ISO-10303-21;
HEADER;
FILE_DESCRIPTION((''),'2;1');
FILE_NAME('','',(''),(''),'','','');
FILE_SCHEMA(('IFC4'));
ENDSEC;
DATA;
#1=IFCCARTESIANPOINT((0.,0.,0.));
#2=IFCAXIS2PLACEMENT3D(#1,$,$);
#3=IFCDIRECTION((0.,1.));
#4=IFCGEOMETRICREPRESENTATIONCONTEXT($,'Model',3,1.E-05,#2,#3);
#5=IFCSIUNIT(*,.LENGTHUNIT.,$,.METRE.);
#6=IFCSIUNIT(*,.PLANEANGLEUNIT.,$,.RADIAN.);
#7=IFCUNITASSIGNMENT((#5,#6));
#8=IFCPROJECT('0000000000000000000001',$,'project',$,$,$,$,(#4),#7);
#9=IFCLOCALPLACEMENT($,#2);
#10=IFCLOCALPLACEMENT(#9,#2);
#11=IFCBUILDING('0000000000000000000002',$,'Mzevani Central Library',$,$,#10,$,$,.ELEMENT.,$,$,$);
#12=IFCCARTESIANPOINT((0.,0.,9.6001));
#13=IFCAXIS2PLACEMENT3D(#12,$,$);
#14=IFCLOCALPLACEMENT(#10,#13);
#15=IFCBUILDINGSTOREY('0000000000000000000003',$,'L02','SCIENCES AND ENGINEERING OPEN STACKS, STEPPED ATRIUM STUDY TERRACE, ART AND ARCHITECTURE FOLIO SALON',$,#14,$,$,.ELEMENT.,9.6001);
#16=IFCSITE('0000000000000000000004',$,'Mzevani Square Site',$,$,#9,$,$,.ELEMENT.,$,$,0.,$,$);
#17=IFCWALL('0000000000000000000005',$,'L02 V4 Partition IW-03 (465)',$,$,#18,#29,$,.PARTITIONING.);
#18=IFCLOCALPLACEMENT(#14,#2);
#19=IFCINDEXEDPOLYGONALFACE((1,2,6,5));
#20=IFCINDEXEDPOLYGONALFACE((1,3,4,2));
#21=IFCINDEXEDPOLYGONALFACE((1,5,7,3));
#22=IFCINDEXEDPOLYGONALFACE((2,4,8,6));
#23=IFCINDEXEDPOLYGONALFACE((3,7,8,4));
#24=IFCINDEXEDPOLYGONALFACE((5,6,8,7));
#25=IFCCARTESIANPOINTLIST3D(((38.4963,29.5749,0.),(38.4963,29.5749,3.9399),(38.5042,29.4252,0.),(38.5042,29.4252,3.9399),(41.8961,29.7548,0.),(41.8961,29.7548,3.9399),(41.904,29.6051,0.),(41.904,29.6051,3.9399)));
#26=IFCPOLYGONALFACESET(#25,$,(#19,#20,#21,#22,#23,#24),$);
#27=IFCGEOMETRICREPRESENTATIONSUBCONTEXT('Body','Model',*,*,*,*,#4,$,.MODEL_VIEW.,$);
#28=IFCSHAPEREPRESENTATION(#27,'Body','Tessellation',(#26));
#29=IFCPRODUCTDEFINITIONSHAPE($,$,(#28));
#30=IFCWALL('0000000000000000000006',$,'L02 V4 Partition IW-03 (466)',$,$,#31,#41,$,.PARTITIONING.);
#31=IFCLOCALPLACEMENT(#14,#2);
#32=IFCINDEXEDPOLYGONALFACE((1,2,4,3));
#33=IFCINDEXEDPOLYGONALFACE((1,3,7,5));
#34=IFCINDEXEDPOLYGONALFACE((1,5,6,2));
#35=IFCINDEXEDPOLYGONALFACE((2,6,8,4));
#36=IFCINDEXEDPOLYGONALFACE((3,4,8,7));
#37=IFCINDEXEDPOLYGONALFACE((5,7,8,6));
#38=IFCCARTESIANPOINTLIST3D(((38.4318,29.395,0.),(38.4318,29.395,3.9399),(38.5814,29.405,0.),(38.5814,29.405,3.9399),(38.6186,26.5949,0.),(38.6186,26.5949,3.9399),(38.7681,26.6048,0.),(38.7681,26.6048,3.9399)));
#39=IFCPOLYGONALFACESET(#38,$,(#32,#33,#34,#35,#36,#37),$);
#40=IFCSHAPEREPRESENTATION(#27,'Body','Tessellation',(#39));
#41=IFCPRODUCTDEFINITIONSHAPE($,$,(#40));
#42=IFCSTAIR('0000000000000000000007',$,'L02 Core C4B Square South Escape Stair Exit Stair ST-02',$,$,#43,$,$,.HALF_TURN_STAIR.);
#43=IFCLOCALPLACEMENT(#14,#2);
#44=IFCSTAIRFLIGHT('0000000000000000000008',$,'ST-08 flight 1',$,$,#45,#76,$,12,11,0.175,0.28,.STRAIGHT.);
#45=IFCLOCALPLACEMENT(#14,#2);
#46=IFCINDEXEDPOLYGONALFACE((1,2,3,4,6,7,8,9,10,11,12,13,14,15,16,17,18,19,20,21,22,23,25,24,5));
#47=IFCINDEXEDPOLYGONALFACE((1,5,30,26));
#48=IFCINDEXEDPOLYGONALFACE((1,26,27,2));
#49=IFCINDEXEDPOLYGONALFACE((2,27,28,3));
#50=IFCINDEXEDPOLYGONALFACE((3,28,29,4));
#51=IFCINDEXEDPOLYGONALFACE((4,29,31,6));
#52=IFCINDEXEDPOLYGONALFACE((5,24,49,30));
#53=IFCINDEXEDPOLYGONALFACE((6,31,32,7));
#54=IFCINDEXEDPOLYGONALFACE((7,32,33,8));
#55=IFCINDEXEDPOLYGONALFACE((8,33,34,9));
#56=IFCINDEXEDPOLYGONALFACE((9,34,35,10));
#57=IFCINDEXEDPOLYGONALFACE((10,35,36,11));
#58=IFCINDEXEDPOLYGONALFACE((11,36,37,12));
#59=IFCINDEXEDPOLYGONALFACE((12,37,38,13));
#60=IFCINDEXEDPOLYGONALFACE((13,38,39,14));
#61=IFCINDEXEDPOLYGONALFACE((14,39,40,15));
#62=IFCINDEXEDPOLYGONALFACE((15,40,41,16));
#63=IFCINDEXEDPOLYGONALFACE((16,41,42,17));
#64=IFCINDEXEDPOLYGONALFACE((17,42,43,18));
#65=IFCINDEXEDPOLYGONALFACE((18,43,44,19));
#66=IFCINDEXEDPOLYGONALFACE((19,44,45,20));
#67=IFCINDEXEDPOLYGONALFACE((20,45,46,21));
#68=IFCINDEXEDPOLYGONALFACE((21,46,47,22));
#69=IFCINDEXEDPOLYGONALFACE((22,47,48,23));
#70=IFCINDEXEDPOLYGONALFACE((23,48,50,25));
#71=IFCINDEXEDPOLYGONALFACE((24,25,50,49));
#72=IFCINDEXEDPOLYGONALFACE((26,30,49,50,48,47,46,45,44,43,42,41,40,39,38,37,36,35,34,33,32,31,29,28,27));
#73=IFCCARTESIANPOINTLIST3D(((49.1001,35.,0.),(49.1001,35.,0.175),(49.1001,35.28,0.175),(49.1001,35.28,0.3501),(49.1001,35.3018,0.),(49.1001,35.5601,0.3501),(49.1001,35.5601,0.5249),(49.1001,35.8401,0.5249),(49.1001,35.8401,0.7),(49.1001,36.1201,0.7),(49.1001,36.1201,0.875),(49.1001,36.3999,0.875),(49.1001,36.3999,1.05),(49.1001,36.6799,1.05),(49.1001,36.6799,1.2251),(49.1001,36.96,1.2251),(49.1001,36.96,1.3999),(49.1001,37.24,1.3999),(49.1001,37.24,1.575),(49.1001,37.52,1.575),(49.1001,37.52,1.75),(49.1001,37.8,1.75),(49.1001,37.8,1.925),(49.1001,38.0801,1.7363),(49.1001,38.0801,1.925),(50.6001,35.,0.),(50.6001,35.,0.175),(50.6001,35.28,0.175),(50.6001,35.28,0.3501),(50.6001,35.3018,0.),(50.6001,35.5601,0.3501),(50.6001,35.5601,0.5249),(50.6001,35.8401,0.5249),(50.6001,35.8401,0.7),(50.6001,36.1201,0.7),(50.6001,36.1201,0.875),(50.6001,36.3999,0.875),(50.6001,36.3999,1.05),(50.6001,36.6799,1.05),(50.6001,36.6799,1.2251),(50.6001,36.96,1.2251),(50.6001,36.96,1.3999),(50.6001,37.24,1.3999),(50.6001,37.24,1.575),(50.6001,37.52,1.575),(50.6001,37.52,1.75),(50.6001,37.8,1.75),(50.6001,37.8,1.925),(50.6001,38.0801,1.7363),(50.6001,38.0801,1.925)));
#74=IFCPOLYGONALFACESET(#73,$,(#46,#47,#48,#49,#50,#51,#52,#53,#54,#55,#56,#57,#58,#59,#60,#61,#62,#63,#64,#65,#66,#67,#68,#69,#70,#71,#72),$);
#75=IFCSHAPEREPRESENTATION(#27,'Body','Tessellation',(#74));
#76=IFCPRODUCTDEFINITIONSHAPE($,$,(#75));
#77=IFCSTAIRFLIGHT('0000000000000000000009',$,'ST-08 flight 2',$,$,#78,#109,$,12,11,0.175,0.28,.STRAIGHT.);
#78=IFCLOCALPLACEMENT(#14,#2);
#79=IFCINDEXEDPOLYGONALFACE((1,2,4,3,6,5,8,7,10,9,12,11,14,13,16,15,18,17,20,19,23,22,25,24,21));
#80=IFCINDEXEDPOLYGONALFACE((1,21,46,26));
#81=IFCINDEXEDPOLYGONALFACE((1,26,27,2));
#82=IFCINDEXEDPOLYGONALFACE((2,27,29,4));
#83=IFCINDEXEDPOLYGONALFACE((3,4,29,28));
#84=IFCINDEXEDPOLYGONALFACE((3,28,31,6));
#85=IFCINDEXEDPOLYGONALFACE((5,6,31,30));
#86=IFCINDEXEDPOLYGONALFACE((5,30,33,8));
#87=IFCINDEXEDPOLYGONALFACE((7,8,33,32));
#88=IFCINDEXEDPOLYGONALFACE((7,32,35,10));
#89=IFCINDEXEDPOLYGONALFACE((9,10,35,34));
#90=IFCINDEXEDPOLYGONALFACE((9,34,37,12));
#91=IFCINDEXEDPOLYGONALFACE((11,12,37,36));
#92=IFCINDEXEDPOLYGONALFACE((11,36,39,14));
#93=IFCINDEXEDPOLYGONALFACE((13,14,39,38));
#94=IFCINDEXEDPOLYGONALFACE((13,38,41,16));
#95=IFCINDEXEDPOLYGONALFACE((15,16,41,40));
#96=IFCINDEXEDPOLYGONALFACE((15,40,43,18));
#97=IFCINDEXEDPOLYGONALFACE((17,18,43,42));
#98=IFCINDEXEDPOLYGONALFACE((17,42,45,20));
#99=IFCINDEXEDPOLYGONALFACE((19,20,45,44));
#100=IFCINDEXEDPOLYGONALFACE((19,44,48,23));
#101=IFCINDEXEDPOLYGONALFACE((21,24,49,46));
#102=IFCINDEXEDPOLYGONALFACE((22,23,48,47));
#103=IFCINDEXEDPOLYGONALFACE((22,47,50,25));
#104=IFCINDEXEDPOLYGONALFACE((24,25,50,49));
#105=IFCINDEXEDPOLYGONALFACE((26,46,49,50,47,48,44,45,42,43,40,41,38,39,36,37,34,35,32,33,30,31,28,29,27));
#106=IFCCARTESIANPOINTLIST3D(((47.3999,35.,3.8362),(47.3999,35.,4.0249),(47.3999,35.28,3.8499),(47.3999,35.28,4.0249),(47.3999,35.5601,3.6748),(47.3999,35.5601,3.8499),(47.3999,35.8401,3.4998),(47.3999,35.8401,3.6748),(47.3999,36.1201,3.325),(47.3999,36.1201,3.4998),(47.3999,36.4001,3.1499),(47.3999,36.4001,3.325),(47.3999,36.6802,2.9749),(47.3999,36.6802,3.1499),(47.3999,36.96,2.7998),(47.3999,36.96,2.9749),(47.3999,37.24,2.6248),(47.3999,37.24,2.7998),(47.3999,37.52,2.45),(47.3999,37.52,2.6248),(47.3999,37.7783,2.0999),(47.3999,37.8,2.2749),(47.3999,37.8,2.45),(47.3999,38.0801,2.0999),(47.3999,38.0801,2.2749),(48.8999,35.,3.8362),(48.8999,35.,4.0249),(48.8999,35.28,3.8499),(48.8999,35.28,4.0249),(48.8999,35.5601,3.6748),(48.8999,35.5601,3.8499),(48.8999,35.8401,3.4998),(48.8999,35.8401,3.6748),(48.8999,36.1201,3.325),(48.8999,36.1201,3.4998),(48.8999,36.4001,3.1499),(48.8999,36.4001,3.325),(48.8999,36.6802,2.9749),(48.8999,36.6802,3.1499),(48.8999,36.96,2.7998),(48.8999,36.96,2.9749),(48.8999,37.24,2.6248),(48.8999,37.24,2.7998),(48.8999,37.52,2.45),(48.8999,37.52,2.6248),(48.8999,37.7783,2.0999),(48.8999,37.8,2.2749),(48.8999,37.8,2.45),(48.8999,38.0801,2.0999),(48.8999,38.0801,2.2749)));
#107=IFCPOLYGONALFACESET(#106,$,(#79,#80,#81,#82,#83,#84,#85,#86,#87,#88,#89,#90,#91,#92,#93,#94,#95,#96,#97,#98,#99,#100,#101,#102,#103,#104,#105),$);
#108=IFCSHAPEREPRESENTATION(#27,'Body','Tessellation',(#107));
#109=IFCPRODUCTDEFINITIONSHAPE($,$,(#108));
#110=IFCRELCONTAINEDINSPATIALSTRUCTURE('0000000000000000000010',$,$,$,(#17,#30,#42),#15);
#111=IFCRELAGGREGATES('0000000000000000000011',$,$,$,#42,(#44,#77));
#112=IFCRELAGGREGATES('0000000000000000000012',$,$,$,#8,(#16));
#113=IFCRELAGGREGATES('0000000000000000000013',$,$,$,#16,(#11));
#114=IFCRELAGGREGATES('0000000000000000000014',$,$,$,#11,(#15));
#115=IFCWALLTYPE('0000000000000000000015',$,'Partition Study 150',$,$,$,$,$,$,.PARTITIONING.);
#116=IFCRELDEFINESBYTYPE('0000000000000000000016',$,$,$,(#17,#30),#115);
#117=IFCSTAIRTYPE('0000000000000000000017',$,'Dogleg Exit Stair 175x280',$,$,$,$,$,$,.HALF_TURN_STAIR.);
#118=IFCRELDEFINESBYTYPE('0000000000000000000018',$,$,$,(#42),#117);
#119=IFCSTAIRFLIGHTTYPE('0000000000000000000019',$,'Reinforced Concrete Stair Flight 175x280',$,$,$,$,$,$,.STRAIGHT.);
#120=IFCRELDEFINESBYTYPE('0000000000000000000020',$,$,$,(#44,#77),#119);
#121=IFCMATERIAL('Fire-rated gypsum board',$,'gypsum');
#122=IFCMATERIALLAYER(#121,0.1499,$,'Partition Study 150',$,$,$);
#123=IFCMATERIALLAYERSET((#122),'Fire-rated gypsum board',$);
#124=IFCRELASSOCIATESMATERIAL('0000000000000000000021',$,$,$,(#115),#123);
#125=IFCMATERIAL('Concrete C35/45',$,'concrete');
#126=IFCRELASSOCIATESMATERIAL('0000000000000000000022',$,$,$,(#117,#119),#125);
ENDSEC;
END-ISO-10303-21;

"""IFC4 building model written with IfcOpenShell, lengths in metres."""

from ifc_helpers import new_model, si_unit, direction, frame, frame_2d, origin, place, context, subcontext, project, spatial, polyline, rectangle, outline, extrude, material, layer, layer_set, type_object, element, aggregate, save


model = new_model("IFC4")

# Units and contexts
model_context = context("Model", 3, precision=1e-05, world=origin(), true_north=direction((0.0, 1.0)))
body_context = subcontext(model_context, "Body", "Model", "MODEL_VIEW")
ifc_project = project(units=[si_unit("LENGTHUNIT", "METRE"), si_unit("PLANEANGLEUNIT", "RADIAN")], contexts=[model_context])

# Site, building, storey
site_placement = place(None, origin())
site = spatial("IfcSite", under=ifc_project, at=site_placement, Name="Mzevani Square Site", CompositionType="ELEMENT", RefElevation=0.0)
building_placement = place(site_placement, origin())
building = spatial("IfcBuilding", under=site, at=building_placement, Name="Mzevani Central Library", CompositionType="ELEMENT")
storey_placement = place(building_placement, frame((0.0, 0.0, 9.6001)))
storey = spatial("IfcBuildingStorey", under=building, at=storey_placement, Name="L02", Description="SCIENCES AND ENGINEERING OPEN STACKS, STEPPED ATRIUM STUDY TERRACE, ART AND ARCHITECTURE FOLIO SALON", CompositionType="ELEMENT", Elevation=9.6001)

# Shared definitions
ifc_material_1 = material(Name="Concrete C35/45", Category="concrete")

# Shared definitions
ifc_material_2 = material(Name="Fire-rated gypsum board", Category="gypsum")

# Walls
ifc_layer_1 = layer(ifc_material_2, 0.1499, Name="Partition Study 150")
ifc_layer_set_1 = layer_set([ifc_layer_1], Name="Fire-rated gypsum board")
wall_type_1 = type_object("IfcWallType", Name="Partition Study 150", PredefinedType="PARTITIONING", material=ifc_layer_set_1)
wall_1_placement = place(storey_placement, frame((41.8999, 29.6799, 0.0), z_axis=(0.0, 0.0, 1.0), x_axis=(-0.998603, -0.052849, 0.0)))
element("IfcWall", 1, at=wall_1_placement, inside=storey, type_object=wall_type_1, Name="L02 V4 Partition IW-03 (465)", PredefinedType="PARTITIONING", context=body_context, shape_type="SweptSolid", body=[
    extrude(rectangle(XDim=3.4045, YDim=0.1499, at=frame_2d((1.7021, 0.0))), origin(), (0.0, 0.0, 1.0), 3.9399),
])
wall_2_placement = place(storey_placement, frame((38.5066, 29.4001, 0.0), z_axis=(0.0, 0.0, 1.0), x_axis=(0.066548, -0.997783, 0.0)))
element("IfcWall", 2, at=wall_2_placement, inside=storey, type_object=wall_type_1, Name="L02 V4 Partition IW-03 (466)", PredefinedType="PARTITIONING", context=body_context, shape_type="SweptSolid", body=[
    extrude(rectangle(XDim=2.8064, YDim=0.1499, at=frame_2d((1.4033, 0.0))), origin(), (0.0, 0.0, 1.0), 3.9399),
])

# Stair, stair flights
stair_type = type_object("IfcStairType", Name="Dogleg Exit Stair 175x280", PredefinedType="HALF_TURN_STAIR", material=ifc_material_1)
stair_placement = place(storey_placement, origin())
stair = element("IfcStair", 3, at=stair_placement, inside=storey, type_object=stair_type, Name="L02 Core C4B Square South Escape Stair Exit Stair ST-02", PredefinedType="HALF_TURN_STAIR")
stair_flight_type = type_object("IfcStairFlightType", Name="Reinforced Concrete Stair Flight 175x280", PredefinedType="STRAIGHT", material=ifc_material_1)
stair_flight_1_placement = place(storey_placement, frame((49.8501, 35.0, 0.0), z_axis=(0.0, 0.0, 1.0), x_axis=(0.0, 1.0, 0.0)))
stair_flight_1 = element("IfcStairFlight", 4, at=stair_flight_1_placement, type_object=stair_flight_type, Name="ST-08 flight 1", NumberOfRisers=12, NumberOfTreads=11, PredefinedType="STRAIGHT", RiserHeight=0.175, TreadLength=0.28, context=body_context, shape_type="SweptSolid", body=[
    extrude(outline(polyline([(0.0, 0.0), (0.0, 0.175), (0.28, 0.175), (0.28, 0.3501), (0.5601, 0.3501), (0.5601, 0.5249), (0.8401, 0.5249), (0.8401, 0.7), (1.1201, 0.7), (1.1201, 0.875), (1.3999, 0.875), (1.3999, 1.05), (1.6799, 1.05), (1.6799, 1.2251), (1.96, 1.2251), (1.96, 1.3999), (2.24, 1.3999), (2.24, 1.575), (2.52, 1.575), (2.52, 1.75), (2.8, 1.75), (2.8, 1.925), (3.0801, 1.925), (3.0801, 2.1001), (3.0801, 1.7363), (0.3018, 0.0), (0.0, 0.0)])), frame((0.0, 0.75, 0.0), z_axis=(0.0, -1.0, 0.0), x_axis=(1.0, 0.0, 0.0)), (0.0, 0.0, 1.0), 1.5),
])
stair_flight_2_placement = place(storey_placement, frame((48.1499, 38.0801, 2.0999), z_axis=(0.0, 0.0, 1.0), x_axis=(0.0, -1.0, 0.0)))
stair_flight_2 = element("IfcStairFlight", 5, at=stair_flight_2_placement, type_object=stair_flight_type, Name="ST-08 flight 2", NumberOfRisers=12, NumberOfTreads=11, PredefinedType="STRAIGHT", RiserHeight=0.175, TreadLength=0.28, context=body_context, shape_type="SweptSolid", body=[
    extrude(outline(polyline([(0.0, 0.0), (0.0, 0.175), (0.28, 0.175), (0.28, 0.3501), (0.5601, 0.3501), (0.5601, 0.5249), (0.8401, 0.5249), (0.8401, 0.7), (1.1201, 0.7), (1.1201, 0.875), (1.3999, 0.875), (1.3999, 1.05), (1.6799, 1.05), (1.6799, 1.2251), (1.96, 1.2251), (1.96, 1.3999), (2.24, 1.3999), (2.24, 1.575), (2.52, 1.575), (2.52, 1.75), (2.8, 1.75), (2.8, 1.925), (3.0801, 1.925), (3.0801, 2.1001), (3.0801, 1.7363), (0.3018, 0.0), (0.0, 0.0)])), frame((0.0, 0.75, 0.0), z_axis=(0.0, -1.0, 0.0), x_axis=(1.0, 0.0, 0.0)), (0.0, 0.0, 1.0), 1.5),
])
aggregate(stair, [stair_flight_1, stair_flight_2])

save(model, "model.ifc")
